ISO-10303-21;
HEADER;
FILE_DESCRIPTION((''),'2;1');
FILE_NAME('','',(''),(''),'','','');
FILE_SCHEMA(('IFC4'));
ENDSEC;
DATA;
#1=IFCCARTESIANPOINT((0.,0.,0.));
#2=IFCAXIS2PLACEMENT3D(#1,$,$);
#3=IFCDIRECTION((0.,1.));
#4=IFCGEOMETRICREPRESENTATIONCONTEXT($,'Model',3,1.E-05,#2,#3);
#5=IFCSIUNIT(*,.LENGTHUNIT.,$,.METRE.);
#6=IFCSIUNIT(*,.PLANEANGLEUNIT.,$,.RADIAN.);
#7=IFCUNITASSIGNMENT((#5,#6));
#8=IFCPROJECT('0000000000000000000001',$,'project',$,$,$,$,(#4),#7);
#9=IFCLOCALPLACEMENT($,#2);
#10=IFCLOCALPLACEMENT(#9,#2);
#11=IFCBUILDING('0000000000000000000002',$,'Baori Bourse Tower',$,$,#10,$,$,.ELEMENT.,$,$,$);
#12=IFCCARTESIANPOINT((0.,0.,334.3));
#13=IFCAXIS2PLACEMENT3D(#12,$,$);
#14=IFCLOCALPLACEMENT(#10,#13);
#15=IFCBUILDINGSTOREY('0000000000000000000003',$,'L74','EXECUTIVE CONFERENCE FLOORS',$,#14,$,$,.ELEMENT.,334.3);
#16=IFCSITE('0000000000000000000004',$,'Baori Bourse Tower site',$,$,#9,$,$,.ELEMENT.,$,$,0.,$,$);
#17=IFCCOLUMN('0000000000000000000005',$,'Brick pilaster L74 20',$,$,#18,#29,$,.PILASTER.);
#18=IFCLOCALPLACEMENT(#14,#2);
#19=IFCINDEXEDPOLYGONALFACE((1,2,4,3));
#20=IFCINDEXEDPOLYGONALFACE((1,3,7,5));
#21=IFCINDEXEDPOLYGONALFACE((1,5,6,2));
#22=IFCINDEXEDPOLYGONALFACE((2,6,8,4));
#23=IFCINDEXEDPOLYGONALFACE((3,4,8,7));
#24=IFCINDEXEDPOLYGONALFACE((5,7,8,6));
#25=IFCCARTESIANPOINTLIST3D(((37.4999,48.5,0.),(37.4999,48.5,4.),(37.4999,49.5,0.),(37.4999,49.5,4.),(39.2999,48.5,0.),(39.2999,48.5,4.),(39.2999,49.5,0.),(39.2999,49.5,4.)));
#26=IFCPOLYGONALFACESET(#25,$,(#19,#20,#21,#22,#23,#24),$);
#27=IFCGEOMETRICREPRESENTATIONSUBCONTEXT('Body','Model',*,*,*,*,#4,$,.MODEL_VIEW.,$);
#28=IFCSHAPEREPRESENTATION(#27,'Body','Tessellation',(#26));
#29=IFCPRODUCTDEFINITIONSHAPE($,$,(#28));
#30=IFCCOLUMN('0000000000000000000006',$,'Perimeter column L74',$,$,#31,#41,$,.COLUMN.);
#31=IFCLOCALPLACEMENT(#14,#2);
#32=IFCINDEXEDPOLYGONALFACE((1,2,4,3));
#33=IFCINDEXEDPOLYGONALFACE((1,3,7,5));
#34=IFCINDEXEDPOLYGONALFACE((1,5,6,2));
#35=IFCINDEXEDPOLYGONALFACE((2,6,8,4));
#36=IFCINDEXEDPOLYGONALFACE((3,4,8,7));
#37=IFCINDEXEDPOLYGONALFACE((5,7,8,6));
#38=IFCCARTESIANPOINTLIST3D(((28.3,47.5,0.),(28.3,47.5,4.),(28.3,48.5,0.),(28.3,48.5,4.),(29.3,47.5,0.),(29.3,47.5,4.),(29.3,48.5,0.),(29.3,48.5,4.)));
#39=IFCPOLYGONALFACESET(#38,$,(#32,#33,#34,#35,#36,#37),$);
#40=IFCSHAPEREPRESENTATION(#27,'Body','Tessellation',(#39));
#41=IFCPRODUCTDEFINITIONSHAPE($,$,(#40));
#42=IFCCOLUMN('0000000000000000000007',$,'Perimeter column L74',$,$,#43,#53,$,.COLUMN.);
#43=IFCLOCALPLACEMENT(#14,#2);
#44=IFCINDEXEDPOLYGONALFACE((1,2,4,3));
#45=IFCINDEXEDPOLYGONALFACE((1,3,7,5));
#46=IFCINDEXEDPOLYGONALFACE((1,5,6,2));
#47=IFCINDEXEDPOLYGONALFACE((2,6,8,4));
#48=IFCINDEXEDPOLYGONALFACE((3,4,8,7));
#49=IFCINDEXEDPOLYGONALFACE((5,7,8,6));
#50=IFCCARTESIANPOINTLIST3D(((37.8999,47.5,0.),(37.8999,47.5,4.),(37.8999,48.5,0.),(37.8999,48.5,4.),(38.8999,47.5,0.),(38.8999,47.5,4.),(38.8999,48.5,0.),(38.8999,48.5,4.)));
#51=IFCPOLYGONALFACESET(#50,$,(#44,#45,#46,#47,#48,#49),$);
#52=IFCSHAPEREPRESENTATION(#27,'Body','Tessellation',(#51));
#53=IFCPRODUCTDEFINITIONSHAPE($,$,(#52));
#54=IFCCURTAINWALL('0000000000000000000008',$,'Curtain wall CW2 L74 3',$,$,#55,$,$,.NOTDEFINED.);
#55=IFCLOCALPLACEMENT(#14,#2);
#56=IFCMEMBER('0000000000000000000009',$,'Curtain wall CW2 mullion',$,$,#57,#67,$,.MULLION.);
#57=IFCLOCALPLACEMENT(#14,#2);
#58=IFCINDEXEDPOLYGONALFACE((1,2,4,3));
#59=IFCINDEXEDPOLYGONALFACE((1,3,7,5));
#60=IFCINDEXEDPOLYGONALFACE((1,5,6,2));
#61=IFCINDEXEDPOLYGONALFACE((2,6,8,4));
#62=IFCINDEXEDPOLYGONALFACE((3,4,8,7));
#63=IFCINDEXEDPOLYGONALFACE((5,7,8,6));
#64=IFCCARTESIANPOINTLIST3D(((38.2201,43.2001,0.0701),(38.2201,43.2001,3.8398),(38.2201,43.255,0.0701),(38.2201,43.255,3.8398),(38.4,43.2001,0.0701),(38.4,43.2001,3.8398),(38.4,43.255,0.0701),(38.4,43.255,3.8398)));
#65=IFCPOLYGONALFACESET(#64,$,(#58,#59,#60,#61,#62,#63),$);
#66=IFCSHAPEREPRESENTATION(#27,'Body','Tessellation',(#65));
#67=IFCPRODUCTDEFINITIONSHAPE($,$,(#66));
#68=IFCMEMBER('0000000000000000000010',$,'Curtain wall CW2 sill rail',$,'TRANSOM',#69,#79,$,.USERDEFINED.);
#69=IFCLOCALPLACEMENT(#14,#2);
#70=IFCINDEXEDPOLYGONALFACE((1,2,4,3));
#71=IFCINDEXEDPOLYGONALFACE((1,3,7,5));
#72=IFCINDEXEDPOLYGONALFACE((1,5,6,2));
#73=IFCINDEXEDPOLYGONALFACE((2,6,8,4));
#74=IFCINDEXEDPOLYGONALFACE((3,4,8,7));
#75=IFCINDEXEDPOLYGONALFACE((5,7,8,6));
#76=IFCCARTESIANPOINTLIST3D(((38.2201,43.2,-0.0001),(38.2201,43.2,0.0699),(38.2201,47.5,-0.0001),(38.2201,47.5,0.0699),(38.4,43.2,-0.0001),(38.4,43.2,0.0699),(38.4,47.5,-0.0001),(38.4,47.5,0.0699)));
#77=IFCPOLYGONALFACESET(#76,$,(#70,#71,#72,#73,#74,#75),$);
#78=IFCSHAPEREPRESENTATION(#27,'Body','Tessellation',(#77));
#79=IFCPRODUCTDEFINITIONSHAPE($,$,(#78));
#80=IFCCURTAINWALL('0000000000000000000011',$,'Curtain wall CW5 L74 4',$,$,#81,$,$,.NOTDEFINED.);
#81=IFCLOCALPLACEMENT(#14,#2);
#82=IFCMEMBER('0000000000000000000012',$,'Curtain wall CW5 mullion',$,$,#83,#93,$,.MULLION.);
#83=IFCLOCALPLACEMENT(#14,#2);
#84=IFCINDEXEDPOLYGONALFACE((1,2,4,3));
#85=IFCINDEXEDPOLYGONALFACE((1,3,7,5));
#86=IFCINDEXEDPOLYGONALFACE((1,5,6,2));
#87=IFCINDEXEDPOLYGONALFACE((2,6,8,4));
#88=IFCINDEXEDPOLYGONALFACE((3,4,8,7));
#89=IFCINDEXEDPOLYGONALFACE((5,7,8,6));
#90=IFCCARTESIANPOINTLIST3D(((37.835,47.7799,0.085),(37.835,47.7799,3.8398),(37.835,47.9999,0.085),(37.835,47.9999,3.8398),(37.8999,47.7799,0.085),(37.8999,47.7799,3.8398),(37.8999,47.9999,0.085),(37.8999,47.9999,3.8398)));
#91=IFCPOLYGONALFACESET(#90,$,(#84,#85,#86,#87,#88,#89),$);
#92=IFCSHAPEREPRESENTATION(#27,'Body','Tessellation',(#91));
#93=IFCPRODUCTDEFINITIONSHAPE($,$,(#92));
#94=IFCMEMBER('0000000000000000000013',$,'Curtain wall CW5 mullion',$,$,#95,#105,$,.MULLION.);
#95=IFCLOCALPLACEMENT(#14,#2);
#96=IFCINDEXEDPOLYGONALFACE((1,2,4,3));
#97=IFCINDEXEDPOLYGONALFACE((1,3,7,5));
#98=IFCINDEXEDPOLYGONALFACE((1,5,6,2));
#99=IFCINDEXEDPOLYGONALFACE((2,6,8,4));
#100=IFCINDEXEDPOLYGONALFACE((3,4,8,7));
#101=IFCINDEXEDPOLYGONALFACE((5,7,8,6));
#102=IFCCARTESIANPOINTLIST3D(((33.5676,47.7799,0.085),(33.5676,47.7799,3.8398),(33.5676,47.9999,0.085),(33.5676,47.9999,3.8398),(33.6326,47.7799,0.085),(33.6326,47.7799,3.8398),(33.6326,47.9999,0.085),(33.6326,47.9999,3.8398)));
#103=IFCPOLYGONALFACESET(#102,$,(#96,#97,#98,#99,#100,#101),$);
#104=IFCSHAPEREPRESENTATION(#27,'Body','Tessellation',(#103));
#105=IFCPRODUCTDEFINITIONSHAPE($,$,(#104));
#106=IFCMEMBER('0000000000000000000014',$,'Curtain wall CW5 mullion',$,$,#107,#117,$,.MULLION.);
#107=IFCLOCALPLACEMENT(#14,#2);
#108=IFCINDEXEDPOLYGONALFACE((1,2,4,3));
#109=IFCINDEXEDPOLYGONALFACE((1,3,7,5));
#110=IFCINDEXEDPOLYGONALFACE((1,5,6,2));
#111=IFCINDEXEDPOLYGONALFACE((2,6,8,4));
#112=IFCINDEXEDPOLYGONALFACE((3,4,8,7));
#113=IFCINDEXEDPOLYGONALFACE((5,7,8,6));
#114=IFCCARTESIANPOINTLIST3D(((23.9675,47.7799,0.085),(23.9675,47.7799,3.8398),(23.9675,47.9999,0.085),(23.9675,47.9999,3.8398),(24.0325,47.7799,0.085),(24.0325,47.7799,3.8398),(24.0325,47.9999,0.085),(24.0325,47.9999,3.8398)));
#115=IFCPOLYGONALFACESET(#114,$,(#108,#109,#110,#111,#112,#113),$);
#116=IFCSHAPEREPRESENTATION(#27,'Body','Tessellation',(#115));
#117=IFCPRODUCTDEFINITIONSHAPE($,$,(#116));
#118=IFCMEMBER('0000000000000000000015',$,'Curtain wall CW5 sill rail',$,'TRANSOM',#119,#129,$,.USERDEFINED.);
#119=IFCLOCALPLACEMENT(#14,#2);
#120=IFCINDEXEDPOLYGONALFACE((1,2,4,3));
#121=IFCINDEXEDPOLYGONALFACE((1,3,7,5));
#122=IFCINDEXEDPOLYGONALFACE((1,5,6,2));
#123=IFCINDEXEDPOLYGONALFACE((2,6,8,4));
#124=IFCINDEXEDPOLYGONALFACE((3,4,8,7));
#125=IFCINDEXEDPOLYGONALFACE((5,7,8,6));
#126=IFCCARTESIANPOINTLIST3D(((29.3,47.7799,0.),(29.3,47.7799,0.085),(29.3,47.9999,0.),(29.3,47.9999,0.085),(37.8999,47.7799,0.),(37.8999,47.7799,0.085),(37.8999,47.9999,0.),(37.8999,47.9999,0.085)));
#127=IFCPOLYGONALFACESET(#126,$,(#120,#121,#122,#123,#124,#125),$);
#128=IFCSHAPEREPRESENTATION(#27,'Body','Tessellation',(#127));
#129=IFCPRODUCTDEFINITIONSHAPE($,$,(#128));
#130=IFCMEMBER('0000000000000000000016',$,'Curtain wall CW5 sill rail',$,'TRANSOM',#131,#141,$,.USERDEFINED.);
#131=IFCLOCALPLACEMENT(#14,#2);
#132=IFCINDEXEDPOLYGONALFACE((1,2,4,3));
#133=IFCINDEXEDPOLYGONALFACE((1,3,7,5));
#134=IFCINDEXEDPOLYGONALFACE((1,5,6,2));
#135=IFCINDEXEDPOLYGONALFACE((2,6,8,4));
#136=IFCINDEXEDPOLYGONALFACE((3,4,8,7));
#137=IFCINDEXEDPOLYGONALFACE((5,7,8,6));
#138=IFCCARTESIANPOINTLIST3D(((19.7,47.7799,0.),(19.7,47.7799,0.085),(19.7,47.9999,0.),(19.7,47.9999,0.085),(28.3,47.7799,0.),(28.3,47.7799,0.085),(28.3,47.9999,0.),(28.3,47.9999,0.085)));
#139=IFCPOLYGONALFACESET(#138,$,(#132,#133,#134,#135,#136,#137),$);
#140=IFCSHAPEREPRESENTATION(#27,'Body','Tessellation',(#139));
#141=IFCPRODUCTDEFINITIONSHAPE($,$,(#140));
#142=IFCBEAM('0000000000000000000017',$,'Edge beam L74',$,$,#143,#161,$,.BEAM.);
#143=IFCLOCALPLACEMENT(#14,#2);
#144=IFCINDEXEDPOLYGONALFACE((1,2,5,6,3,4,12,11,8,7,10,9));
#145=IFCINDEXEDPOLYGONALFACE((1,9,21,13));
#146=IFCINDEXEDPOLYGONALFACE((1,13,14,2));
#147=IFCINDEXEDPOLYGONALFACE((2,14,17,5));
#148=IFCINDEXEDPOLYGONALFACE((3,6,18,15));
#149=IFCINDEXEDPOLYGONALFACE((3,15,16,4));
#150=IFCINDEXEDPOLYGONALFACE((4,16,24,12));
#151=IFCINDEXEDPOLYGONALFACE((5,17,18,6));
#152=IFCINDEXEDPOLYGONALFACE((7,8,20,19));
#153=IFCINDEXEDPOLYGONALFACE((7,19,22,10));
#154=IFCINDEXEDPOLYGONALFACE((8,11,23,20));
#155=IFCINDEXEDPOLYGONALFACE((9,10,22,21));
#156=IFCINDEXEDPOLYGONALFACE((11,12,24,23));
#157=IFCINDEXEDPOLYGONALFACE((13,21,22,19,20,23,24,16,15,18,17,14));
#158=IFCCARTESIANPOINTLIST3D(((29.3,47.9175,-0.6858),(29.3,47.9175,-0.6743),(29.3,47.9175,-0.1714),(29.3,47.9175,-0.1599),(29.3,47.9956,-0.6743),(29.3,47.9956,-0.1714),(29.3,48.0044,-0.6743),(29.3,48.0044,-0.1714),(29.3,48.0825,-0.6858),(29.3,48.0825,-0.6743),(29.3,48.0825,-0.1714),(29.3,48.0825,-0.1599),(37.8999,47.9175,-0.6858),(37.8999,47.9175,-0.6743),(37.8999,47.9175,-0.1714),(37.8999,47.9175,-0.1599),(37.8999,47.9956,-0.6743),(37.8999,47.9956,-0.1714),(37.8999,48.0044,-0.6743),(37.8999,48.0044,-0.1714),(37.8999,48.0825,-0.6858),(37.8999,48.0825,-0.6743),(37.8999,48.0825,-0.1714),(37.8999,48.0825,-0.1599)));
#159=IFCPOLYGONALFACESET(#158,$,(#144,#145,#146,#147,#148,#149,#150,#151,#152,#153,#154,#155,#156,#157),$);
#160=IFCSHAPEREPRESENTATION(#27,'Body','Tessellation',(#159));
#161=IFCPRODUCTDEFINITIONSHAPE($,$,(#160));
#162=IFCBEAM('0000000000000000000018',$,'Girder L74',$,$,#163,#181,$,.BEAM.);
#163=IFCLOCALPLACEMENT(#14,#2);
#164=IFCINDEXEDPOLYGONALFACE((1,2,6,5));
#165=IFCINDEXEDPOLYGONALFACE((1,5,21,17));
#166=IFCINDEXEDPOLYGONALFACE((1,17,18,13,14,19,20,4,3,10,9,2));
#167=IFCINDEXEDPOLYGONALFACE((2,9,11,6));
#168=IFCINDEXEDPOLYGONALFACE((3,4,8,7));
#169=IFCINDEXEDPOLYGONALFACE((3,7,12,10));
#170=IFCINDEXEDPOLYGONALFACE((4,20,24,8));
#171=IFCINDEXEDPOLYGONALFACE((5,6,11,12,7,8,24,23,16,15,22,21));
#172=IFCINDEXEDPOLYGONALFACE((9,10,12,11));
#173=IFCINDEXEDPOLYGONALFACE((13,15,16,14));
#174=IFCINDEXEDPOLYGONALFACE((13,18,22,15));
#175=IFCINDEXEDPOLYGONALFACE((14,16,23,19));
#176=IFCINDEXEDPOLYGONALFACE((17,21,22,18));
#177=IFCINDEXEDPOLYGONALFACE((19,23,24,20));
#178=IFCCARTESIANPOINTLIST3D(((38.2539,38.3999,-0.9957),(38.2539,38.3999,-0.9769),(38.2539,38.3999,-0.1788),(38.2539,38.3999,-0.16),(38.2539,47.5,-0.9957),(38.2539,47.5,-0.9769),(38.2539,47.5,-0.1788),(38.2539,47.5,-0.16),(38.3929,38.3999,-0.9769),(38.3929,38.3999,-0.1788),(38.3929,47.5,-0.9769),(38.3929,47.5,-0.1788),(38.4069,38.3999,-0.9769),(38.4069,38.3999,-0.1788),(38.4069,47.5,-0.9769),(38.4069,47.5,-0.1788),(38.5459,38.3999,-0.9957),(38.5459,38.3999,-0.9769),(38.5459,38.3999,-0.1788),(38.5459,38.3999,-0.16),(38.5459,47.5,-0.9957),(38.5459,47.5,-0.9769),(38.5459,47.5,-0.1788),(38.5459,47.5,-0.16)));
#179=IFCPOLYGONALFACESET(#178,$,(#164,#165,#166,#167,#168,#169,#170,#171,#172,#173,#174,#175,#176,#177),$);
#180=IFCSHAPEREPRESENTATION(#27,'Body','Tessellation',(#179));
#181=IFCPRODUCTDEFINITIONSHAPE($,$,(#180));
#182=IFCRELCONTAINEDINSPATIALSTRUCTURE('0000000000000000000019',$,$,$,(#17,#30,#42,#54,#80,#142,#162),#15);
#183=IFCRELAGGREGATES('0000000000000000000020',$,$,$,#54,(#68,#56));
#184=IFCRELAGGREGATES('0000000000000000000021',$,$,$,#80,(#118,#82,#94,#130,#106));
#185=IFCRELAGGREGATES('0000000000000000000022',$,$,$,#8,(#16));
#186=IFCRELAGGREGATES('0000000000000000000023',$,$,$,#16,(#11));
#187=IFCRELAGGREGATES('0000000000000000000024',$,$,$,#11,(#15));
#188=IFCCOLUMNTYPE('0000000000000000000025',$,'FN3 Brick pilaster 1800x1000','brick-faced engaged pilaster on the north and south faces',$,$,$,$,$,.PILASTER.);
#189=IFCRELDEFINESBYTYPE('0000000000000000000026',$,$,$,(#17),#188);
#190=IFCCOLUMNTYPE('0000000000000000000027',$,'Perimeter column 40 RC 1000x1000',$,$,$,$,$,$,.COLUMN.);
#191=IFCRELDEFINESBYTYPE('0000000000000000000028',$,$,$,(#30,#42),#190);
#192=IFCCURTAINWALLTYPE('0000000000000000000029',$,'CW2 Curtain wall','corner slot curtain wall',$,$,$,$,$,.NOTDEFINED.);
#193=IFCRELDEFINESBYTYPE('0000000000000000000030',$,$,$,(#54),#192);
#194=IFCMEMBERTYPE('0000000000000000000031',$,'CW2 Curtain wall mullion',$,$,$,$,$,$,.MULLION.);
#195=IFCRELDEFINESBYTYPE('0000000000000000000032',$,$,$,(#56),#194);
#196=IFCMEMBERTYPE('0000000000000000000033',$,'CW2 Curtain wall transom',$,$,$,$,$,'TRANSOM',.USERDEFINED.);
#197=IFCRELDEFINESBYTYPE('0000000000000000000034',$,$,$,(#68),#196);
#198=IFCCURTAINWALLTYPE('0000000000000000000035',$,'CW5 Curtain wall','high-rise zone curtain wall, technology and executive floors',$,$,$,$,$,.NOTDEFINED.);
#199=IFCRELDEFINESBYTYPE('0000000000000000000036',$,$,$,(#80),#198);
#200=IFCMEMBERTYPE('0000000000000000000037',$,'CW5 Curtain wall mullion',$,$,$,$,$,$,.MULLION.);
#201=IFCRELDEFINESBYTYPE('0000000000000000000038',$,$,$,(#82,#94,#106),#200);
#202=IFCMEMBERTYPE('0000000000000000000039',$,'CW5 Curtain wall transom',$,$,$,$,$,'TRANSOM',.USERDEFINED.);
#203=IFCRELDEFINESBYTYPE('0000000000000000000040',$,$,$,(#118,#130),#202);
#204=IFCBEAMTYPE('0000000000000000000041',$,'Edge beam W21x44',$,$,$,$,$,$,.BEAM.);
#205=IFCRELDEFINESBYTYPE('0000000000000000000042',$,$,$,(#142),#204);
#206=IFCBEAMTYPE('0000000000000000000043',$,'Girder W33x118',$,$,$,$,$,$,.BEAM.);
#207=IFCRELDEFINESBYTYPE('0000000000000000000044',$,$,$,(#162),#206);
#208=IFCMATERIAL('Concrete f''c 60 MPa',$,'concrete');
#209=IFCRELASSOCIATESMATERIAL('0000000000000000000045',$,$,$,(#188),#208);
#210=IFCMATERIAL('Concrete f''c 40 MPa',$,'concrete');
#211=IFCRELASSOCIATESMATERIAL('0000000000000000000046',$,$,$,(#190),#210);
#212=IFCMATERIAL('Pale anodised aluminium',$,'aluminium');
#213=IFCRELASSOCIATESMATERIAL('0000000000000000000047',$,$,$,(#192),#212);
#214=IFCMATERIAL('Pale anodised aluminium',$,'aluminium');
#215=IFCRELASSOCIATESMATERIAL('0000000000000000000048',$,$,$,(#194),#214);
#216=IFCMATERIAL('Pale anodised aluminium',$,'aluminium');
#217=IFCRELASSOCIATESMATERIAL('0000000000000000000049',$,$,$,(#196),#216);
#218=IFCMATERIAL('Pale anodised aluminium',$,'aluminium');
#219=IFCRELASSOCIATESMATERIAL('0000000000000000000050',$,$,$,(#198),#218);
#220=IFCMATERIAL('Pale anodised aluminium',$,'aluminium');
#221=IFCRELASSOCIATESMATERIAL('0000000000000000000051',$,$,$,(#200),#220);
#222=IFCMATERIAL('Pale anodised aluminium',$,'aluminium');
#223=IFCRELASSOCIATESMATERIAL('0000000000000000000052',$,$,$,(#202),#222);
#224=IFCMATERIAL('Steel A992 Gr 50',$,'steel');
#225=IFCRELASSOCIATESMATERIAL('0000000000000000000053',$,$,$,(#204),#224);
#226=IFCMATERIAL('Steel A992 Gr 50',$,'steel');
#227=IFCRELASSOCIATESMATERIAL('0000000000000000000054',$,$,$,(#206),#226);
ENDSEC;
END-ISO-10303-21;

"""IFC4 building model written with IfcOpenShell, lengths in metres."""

from ifc_helpers import new_model, si_unit, direction, frame, origin, origin_2d, place, context, subcontext, project, spatial, rectangle, i_section, extrude, material, material_profile, profile_set, type_object, element, aggregate, save


model = new_model("IFC4")

# Units and contexts
model_context = context("Model", 3, precision=1e-05, world=origin(), true_north=direction((0.0, 1.0)))
body_context = subcontext(model_context, "Body", "Model", "MODEL_VIEW")
ifc_project = project(units=[si_unit("LENGTHUNIT", "METRE"), si_unit("PLANEANGLEUNIT", "RADIAN")], contexts=[model_context])

# Site, building, storey
site_placement = place(None, origin())
site = spatial("IfcSite", under=ifc_project, at=site_placement, Name="Baori Bourse Tower site", CompositionType="ELEMENT", RefElevation=0.0)
building_placement = place(site_placement, origin())
building = spatial("IfcBuilding", under=site, at=building_placement, Name="Baori Bourse Tower", CompositionType="ELEMENT")
storey_placement = place(building_placement, frame((0.0, 0.0, 334.3)))
storey = spatial("IfcBuildingStorey", under=building, at=storey_placement, Name="L74", Description="EXECUTIVE CONFERENCE FLOORS", CompositionType="ELEMENT", Elevation=334.3)

# Columns
ifc_material_1 = material(Name="Concrete f'c 60 MPa", Category="concrete")
ifc_material_profile_1 = material_profile(ifc_material_1, rectangle(XDim=1.8, YDim=1.0, at=origin_2d()), Name="RC 1800x1000")
ifc_profile_set_1 = profile_set([ifc_material_profile_1], Name="Concrete f'c 60 MPa")
column_type_1 = type_object("IfcColumnType", Name="FN3 Brick pilaster 1800x1000", Description="brick-faced engaged pilaster on the north and south faces", PredefinedType="PILASTER", material=ifc_profile_set_1)
column_placement = place(storey_placement, frame((38.3999, 49.0, 0.0), z_axis=(0.0, 0.0, 1.0), x_axis=(1.0, 0.0, 0.0)))
element("IfcColumn", 1, at=column_placement, inside=storey, type_object=column_type_1, Name="Brick pilaster L74 20", PredefinedType="PILASTER", context=body_context, shape_type="SweptSolid", body=[
    extrude(rectangle(XDim=1.8, YDim=1.0, at=origin_2d()), origin(), (0.0, 0.0, 1.0), 4.0),
])
ifc_material_2 = material(Name="Concrete f'c 40 MPa", Category="concrete")
ifc_material_profile_2 = material_profile(ifc_material_2, rectangle(XDim=1.0, YDim=1.0, at=origin_2d()), Name="RC 1000x1000")
ifc_profile_set_2 = profile_set([ifc_material_profile_2], Name="Concrete f'c 40 MPa")
column_type_2 = type_object("IfcColumnType", Name="Perimeter column 40 RC 1000x1000", PredefinedType="COLUMN", material=ifc_profile_set_2)
for number, where, z_axis, x_axis, name in (
    (2, (28.8, 48.0, 0.0), (0.0, 0.0, 1.0), (1.0, 0.0, 0.0), "Perimeter column L74"),
    (3, (38.3999, 48.0, 0.0), (0.0, 0.0, 1.0), (1.0, 0.0, 0.0), "Perimeter column L74"),
):
    element("IfcColumn", number, at=place(storey_placement, frame(where, z_axis=z_axis, x_axis=x_axis)), inside=storey, type_object=column_type_2, Name=name, PredefinedType="COLUMN", context=body_context, shape_type="SweptSolid", body=[
        extrude(rectangle(XDim=1.0, YDim=1.0, at=origin_2d()), origin(), (0.0, 0.0, 1.0), 4.0),
    ])

# Curtain walls, members
ifc_material_3 = material(Name="Pale anodised aluminium", Category="aluminium")
curtain_wall_type_1 = type_object("IfcCurtainWallType", Name="CW2 Curtain wall", Description="corner slot curtain wall", PredefinedType="NOTDEFINED", material=ifc_material_3)
curtain_wall_1_placement = place(storey_placement, origin())
curtain_wall_1 = element("IfcCurtainWall", 4, at=curtain_wall_1_placement, inside=storey, type_object=curtain_wall_type_1, Name="Curtain wall CW2 L74 3", PredefinedType="NOTDEFINED")
ifc_material_4 = material(Name="Pale anodised aluminium", Category="aluminium")
ifc_material_profile_3 = material_profile(ifc_material_4, rectangle(XDim=0.1799, YDim=0.0549, at=origin_2d()), Name="Mullion 55x180")
ifc_profile_set_3 = profile_set([ifc_material_profile_3], Name="Pale anodised aluminium")
member_type_1 = type_object("IfcMemberType", Name="CW2 Curtain wall mullion", PredefinedType="MULLION", material=ifc_profile_set_3)
member_1_placement = place(storey_placement, frame((38.3101, 43.2275, 0.0701), z_axis=(0.0, 0.0, 1.0), x_axis=(-1.0, 0.0, 0.0)))
member_1 = element("IfcMember", 5, at=member_1_placement, type_object=member_type_1, Name="Curtain wall CW2 mullion", PredefinedType="MULLION", context=body_context, shape_type="SweptSolid", body=[
    extrude(rectangle(XDim=0.1799, YDim=0.0549, at=origin_2d()), origin(), (0.0, 0.0, 1.0), 3.7698),
])
ifc_material_5 = material(Name="Pale anodised aluminium", Category="aluminium")
ifc_material_profile_4 = material_profile(ifc_material_5, rectangle(XDim=0.1799, YDim=0.0701, at=origin_2d()), Name="Transom 70x180")
ifc_profile_set_4 = profile_set([ifc_material_profile_4], Name="Pale anodised aluminium")
member_type_2 = type_object("IfcMemberType", Name="CW2 Curtain wall transom", ElementType="TRANSOM", PredefinedType="USERDEFINED", material=ifc_profile_set_4)
member_2_placement = place(storey_placement, frame((38.3101, 43.2, 0.0349), z_axis=(0.0, 1.0, 0.0), x_axis=(-1.0, 0.0, 0.0)))
member_2 = element("IfcMember", 6, at=member_2_placement, type_object=member_type_2, Name="Curtain wall CW2 sill rail", ObjectType="TRANSOM", PredefinedType="USERDEFINED", context=body_context, shape_type="SweptSolid", body=[
    extrude(rectangle(XDim=0.1799, YDim=0.0701, at=origin_2d()), origin(), (0.0, 0.0, 1.0), 4.3),
])
ifc_material_6 = material(Name="Pale anodised aluminium", Category="aluminium")
curtain_wall_type_2 = type_object("IfcCurtainWallType", Name="CW5 Curtain wall", Description="high-rise zone curtain wall, technology and executive floors", PredefinedType="NOTDEFINED", material=ifc_material_6)
curtain_wall_2_placement = place(storey_placement, origin())
curtain_wall_2 = element("IfcCurtainWall", 7, at=curtain_wall_2_placement, inside=storey, type_object=curtain_wall_type_2, Name="Curtain wall CW5 L74 4", PredefinedType="NOTDEFINED")
ifc_material_7 = material(Name="Pale anodised aluminium", Category="aluminium")
ifc_material_profile_5 = material_profile(ifc_material_7, rectangle(XDim=0.22, YDim=0.0649, at=origin_2d()), Name="Mullion 65x220")
ifc_profile_set_5 = profile_set([ifc_material_profile_5], Name="Pale anodised aluminium")
member_type_3 = type_object("IfcMemberType", Name="CW5 Curtain wall mullion", PredefinedType="MULLION", material=ifc_profile_set_5)
member_3_placement = place(storey_placement, frame((37.8674, 47.8899, 0.085), z_axis=(0.0, 0.0, 1.0), x_axis=(0.0, -1.0, 0.0)))
member_3 = element("IfcMember", 8, at=member_3_placement, type_object=member_type_3, Name="Curtain wall CW5 mullion", PredefinedType="MULLION", context=body_context, shape_type="SweptSolid", body=[
    extrude(rectangle(XDim=0.22, YDim=0.0649, at=origin_2d()), origin(), (0.0, 0.0, 1.0), 3.7549),
])
member_4_placement = place(storey_placement, frame((33.6001, 47.8899, 0.085), z_axis=(0.0, 0.0, 1.0), x_axis=(0.0, -1.0, 0.0)))
member_4 = element("IfcMember", 9, at=member_4_placement, type_object=member_type_3, Name="Curtain wall CW5 mullion", PredefinedType="MULLION", context=body_context, shape_type="SweptSolid", body=[
    extrude(rectangle(XDim=0.22, YDim=0.0649, at=origin_2d()), origin(), (0.0, 0.0, 1.0), 3.7549),
])
member_5_placement = place(storey_placement, frame((24.0, 47.8899, 0.085), z_axis=(0.0, 0.0, 1.0), x_axis=(0.0, -1.0, 0.0)))
member_5 = element("IfcMember", 10, at=member_5_placement, type_object=member_type_3, Name="Curtain wall CW5 mullion", PredefinedType="MULLION", context=body_context, shape_type="SweptSolid", body=[
    extrude(rectangle(XDim=0.22, YDim=0.0649, at=origin_2d()), origin(), (0.0, 0.0, 1.0), 3.7549),
])
ifc_material_8 = material(Name="Pale anodised aluminium", Category="aluminium")
ifc_material_profile_6 = material_profile(ifc_material_8, rectangle(XDim=0.22, YDim=0.085, at=origin_2d()), Name="Transom 85x220")
ifc_profile_set_6 = profile_set([ifc_material_profile_6], Name="Pale anodised aluminium")
member_type_4 = type_object("IfcMemberType", Name="CW5 Curtain wall transom", ElementType="TRANSOM", PredefinedType="USERDEFINED", material=ifc_profile_set_6)
member_6_placement = place(storey_placement, frame((37.8999, 47.8899, 0.0425), z_axis=(-1.0, 0.0, 0.0), x_axis=(0.0, -1.0, 0.0)))
member_6 = element("IfcMember", 11, at=member_6_placement, type_object=member_type_4, Name="Curtain wall CW5 sill rail", ObjectType="TRANSOM", PredefinedType="USERDEFINED", context=body_context, shape_type="SweptSolid", body=[
    extrude(rectangle(XDim=0.22, YDim=0.085, at=origin_2d()), origin(), (0.0, 0.0, 1.0), 8.5999),
])
member_7_placement = place(storey_placement, frame((28.3, 47.8899, 0.0425), z_axis=(-1.0, 0.0, 0.0), x_axis=(0.0, -1.0, 0.0)))
member_7 = element("IfcMember", 12, at=member_7_placement, type_object=member_type_4, Name="Curtain wall CW5 sill rail", ObjectType="TRANSOM", PredefinedType="USERDEFINED", context=body_context, shape_type="SweptSolid", body=[
    extrude(rectangle(XDim=0.22, YDim=0.085, at=origin_2d()), origin(), (0.0, 0.0, 1.0), 8.6001),
])

# Beams
ifc_material_9 = material(Name="Steel A992 Gr 50", Category="steel")
ifc_material_profile_7 = material_profile(ifc_material_9, i_section(OverallWidth=0.165, OverallDepth=0.5259, WebThickness=0.0088, FlangeThickness=0.0115, at=origin_2d()), Name="W21x44")
ifc_profile_set_7 = profile_set([ifc_material_profile_7], Name="Steel A992 Gr 50")
beam_type_1 = type_object("IfcBeamType", Name="Edge beam W21x44", PredefinedType="BEAM", material=ifc_profile_set_7)
beam_1_placement = place(storey_placement, frame((29.3, 48.0, -0.4229), z_axis=(1.0, 0.0, 0.0), x_axis=(0.0, 1.0, 0.0)))
element("IfcBeam", 13, at=beam_1_placement, inside=storey, type_object=beam_type_1, Name="Edge beam L74", PredefinedType="BEAM", context=body_context, shape_type="SweptSolid", body=[
    extrude(i_section(OverallWidth=0.165, OverallDepth=0.5259, WebThickness=0.0088, FlangeThickness=0.0115, at=origin_2d()), origin(), (0.0, 0.0, 1.0), 8.5999),
])
ifc_material_10 = material(Name="Steel A992 Gr 50", Category="steel")
ifc_material_profile_8 = material_profile(ifc_material_10, i_section(OverallWidth=0.292, OverallDepth=0.8357, WebThickness=0.0139, FlangeThickness=0.0188, at=origin_2d()), Name="W33x118")
ifc_profile_set_8 = profile_set([ifc_material_profile_8], Name="Steel A992 Gr 50")
beam_type_2 = type_object("IfcBeamType", Name="Girder W33x118", PredefinedType="BEAM", material=ifc_profile_set_8)
beam_2_placement = place(storey_placement, frame((38.3999, 38.3999, -0.5779), z_axis=(0.0, 1.0, 0.0), x_axis=(-1.0, 0.0, 0.0)))
element("IfcBeam", 14, at=beam_2_placement, inside=storey, type_object=beam_type_2, Name="Girder L74", PredefinedType="BEAM", context=body_context, shape_type="SweptSolid", body=[
    extrude(i_section(OverallWidth=0.292, OverallDepth=0.8357, WebThickness=0.0139, FlangeThickness=0.0188, at=origin_2d()), origin(), (0.0, 0.0, 1.0), 9.1001),
])

aggregate(curtain_wall_1, [member_2, member_1])
aggregate(curtain_wall_2, [member_6, member_3, member_4, member_7, member_5])

save(model, "model.ifc")
